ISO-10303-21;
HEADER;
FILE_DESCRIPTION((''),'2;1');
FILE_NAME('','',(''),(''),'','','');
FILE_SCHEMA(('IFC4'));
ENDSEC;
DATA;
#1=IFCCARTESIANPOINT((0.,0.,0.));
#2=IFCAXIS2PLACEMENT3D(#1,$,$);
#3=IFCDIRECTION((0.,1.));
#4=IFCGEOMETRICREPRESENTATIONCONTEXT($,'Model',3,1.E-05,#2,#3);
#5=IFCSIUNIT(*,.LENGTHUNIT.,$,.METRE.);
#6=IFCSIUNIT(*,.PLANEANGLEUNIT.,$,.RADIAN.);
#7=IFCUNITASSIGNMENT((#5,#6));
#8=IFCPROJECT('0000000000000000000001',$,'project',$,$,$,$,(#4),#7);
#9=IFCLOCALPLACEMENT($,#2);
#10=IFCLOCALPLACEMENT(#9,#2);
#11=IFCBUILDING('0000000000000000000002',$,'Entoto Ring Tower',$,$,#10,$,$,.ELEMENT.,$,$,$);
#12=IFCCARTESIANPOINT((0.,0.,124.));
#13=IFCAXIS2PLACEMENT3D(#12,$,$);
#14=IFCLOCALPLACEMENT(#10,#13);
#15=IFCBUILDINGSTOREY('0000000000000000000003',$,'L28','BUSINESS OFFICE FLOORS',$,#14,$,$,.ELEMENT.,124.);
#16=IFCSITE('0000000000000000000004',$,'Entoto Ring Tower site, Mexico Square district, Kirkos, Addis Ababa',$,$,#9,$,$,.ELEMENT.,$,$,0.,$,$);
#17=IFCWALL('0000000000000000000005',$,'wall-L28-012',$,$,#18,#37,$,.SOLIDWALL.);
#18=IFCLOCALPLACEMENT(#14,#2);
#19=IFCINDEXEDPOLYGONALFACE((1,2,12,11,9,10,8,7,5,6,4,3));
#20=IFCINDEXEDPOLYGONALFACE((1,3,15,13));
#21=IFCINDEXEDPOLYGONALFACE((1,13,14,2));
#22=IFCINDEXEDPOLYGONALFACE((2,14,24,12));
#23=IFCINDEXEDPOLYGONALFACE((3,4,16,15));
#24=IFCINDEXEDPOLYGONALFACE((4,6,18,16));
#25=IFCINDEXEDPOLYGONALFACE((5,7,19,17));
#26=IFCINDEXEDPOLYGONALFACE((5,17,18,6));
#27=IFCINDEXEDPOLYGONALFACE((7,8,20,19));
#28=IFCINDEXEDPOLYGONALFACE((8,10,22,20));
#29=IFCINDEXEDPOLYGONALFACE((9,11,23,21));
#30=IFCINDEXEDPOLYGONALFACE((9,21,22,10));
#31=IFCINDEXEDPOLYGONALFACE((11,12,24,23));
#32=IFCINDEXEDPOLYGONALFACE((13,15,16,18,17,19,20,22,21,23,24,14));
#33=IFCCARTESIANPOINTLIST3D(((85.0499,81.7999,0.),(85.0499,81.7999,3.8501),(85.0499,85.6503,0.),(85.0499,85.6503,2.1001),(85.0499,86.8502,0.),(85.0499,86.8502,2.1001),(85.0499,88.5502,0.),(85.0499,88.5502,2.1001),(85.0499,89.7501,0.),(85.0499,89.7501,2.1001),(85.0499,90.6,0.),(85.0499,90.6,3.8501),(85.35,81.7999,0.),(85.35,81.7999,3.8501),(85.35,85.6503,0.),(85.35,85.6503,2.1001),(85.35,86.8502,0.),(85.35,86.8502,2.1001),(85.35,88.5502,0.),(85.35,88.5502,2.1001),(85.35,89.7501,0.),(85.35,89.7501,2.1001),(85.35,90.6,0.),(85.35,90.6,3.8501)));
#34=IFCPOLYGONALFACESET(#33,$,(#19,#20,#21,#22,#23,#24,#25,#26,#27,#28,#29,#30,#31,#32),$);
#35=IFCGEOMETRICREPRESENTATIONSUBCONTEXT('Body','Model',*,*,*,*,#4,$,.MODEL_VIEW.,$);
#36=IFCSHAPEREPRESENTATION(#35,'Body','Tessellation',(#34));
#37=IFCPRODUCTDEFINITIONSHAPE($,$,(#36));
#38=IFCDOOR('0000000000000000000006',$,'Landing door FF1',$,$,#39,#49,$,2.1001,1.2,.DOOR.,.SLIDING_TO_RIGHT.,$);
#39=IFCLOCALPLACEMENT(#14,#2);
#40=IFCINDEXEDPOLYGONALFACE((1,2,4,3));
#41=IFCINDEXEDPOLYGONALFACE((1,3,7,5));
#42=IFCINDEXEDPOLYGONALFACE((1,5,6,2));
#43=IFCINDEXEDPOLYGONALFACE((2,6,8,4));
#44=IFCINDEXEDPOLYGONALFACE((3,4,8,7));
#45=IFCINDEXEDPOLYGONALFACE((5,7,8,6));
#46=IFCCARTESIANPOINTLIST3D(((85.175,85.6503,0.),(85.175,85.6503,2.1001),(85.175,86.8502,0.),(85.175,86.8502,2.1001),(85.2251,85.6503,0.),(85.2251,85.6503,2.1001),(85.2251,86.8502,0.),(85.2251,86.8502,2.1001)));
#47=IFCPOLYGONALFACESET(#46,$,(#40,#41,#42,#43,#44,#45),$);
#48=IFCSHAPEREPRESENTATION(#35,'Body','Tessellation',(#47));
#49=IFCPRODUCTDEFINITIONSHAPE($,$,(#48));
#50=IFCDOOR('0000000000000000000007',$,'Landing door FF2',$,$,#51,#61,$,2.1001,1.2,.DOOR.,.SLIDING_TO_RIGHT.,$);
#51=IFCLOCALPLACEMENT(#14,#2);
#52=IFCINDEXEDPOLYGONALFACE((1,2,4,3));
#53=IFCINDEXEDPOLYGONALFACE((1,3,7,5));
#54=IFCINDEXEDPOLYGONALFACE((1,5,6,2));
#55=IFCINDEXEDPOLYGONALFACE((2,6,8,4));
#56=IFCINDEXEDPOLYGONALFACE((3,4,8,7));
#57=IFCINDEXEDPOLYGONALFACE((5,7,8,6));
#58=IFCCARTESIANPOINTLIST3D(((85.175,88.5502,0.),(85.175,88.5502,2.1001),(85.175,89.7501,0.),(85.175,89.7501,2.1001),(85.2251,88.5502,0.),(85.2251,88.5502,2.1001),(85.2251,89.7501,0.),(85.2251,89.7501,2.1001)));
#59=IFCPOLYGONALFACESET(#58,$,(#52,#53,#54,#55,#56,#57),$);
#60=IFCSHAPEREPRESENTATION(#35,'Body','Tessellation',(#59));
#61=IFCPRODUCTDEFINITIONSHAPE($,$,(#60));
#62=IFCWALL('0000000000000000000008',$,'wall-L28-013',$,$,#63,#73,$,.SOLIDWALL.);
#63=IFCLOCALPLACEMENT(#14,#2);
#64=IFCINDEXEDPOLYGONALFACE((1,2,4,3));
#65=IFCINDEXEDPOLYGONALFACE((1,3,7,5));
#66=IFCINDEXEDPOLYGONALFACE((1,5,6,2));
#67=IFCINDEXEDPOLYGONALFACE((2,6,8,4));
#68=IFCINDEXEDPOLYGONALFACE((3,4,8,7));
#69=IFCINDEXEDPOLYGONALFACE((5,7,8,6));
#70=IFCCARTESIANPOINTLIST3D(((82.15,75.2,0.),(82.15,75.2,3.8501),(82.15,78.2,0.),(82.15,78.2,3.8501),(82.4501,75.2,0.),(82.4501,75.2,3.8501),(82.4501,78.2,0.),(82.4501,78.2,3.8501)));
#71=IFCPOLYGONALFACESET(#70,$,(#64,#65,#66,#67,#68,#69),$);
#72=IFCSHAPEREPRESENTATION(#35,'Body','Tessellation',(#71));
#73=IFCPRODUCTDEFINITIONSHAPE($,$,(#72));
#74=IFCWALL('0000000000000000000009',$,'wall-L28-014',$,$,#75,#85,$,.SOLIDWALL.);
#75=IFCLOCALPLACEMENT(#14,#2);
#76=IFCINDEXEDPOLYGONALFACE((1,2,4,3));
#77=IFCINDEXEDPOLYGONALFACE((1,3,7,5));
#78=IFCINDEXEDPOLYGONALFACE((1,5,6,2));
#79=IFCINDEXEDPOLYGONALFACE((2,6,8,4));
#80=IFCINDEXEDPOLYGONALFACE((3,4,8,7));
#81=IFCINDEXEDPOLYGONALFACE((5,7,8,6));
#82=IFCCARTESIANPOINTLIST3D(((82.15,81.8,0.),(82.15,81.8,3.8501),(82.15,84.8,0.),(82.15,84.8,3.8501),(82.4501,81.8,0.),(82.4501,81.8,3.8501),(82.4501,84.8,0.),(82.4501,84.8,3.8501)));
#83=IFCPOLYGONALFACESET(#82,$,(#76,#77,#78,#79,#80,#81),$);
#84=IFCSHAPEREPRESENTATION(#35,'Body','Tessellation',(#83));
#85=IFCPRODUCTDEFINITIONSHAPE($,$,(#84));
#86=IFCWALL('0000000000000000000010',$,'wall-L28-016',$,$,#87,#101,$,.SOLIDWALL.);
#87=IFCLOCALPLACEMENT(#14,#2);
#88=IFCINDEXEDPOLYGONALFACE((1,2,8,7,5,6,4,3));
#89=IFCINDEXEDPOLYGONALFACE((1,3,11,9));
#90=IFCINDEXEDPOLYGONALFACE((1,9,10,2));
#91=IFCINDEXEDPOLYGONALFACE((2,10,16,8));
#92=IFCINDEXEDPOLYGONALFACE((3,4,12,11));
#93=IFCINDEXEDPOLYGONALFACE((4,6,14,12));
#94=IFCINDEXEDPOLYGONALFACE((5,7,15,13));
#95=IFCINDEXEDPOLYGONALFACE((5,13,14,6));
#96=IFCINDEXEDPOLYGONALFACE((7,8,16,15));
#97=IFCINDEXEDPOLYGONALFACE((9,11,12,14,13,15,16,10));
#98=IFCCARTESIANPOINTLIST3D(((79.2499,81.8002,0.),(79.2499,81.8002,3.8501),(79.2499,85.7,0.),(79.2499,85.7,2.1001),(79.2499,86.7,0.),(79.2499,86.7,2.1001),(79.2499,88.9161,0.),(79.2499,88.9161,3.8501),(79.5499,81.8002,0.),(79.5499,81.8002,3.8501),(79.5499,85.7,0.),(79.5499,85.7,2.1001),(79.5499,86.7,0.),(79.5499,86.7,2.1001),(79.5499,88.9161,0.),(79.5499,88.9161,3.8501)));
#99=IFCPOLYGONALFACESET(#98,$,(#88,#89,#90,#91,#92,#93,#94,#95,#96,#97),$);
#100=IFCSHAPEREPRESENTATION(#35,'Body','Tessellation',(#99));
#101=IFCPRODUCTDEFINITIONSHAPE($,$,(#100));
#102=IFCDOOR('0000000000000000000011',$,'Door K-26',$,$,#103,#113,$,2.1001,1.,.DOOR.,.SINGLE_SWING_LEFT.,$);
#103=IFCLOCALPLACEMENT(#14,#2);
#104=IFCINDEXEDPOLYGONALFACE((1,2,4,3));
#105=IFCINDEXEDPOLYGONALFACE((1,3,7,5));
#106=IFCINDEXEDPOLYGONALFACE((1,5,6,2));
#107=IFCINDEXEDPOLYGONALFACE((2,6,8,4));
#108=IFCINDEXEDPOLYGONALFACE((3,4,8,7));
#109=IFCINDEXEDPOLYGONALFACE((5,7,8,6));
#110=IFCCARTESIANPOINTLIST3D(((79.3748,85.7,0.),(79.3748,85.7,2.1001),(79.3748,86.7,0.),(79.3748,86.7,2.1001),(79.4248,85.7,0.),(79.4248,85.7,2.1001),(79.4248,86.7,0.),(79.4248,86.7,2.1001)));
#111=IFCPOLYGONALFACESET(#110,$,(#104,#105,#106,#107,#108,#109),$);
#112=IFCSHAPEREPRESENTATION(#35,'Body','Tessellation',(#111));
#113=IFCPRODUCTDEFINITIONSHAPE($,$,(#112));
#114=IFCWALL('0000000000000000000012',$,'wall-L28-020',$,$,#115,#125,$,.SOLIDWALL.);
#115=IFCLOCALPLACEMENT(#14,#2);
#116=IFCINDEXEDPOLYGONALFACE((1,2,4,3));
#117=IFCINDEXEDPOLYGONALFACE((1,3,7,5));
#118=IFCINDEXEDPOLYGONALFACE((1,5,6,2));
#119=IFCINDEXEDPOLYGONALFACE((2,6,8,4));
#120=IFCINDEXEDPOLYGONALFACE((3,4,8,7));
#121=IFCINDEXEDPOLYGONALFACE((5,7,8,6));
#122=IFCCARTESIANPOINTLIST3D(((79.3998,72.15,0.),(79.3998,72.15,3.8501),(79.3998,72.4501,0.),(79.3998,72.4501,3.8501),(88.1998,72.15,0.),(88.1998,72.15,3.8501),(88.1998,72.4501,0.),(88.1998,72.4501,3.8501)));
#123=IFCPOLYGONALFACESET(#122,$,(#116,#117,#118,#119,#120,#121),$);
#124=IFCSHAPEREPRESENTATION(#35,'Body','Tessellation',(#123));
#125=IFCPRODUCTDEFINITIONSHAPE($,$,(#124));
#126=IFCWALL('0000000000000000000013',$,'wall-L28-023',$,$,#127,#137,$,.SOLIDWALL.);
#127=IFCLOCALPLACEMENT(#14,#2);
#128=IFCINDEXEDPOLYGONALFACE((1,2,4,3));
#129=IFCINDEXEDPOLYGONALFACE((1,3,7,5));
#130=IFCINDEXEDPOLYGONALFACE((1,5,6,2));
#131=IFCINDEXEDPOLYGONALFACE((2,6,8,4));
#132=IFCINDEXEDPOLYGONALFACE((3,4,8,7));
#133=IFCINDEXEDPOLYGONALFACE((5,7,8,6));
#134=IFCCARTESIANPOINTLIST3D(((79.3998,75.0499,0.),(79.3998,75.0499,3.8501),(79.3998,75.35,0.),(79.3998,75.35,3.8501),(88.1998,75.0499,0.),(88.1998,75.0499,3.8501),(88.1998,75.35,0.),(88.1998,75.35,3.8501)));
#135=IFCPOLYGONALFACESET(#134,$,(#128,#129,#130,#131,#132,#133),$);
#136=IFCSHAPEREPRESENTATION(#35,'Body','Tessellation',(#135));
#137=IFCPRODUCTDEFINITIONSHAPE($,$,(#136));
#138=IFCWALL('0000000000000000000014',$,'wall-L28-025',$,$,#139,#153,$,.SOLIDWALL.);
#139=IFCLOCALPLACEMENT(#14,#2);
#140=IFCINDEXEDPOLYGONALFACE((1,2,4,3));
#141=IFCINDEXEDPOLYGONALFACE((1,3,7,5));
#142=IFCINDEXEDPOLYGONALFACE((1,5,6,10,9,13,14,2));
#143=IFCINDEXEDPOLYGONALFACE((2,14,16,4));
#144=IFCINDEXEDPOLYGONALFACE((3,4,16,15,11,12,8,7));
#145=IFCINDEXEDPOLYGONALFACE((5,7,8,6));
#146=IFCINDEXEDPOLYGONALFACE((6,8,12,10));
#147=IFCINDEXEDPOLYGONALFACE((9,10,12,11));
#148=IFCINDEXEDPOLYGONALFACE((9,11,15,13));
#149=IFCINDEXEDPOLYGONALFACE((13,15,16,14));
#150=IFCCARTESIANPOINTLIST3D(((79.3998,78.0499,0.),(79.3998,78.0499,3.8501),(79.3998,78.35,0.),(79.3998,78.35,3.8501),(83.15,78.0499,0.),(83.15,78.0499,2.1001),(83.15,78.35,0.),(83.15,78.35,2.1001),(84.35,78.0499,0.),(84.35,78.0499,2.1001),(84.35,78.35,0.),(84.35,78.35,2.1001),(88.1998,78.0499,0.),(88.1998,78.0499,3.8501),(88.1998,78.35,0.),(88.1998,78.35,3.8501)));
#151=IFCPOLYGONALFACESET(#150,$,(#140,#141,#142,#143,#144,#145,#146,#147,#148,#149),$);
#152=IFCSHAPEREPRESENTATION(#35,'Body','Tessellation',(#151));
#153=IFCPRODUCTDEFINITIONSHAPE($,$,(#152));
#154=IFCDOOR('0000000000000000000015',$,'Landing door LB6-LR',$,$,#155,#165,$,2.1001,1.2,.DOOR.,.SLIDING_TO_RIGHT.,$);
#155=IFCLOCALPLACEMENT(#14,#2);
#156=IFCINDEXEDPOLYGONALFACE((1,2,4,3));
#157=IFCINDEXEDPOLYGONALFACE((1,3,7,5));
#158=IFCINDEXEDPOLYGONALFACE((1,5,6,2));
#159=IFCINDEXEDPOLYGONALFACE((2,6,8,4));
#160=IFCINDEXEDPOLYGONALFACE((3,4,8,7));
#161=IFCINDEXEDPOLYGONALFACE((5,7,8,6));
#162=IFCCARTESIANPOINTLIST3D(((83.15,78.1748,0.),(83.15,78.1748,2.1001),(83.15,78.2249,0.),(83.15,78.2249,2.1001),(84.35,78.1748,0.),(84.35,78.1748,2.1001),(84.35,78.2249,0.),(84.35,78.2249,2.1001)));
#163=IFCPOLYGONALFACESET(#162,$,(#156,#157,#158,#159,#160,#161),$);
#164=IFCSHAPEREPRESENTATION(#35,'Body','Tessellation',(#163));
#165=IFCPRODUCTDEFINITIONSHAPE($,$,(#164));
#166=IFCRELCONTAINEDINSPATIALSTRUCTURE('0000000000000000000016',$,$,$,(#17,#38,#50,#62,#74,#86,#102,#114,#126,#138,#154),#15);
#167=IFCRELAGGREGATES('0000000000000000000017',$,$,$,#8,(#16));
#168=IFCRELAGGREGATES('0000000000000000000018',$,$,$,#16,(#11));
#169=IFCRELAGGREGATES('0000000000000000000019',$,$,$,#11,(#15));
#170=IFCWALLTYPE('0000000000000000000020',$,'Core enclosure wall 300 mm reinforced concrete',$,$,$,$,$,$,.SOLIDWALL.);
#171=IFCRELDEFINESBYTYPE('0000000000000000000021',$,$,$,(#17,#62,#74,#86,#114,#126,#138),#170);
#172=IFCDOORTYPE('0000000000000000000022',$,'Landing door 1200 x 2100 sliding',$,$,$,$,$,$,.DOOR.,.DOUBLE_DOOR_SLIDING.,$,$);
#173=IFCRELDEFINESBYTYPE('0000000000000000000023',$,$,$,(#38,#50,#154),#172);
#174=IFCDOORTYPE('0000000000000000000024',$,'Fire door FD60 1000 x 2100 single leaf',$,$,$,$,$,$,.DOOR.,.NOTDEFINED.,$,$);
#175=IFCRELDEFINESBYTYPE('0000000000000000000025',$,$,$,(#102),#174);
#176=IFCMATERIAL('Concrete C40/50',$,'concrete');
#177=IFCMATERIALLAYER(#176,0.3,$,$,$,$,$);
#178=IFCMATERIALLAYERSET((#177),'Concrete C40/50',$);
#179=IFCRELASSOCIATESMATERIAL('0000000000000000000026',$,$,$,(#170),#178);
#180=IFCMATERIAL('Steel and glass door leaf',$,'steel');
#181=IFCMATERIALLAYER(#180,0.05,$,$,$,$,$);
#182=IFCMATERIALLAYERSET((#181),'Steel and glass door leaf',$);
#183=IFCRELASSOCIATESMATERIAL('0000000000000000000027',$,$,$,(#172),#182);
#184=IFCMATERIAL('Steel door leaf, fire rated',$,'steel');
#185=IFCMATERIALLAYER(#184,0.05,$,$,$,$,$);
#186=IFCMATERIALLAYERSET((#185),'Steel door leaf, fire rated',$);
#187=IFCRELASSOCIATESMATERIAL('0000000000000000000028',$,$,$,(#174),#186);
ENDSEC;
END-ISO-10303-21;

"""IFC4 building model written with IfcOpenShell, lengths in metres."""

from ifc_helpers import new_model, si_unit, direction, frame, frame_2d, origin, place, context, subcontext, project, spatial, rectangle, extrude, material, layer, layer_set, type_object, element, fill, save


model = new_model("IFC4")

# Units and contexts
model_context = context("Model", 3, precision=1e-05, world=origin(), true_north=direction((0.0, 1.0)))
body_context = subcontext(model_context, "Body", "Model", "MODEL_VIEW")
ifc_project = project(units=[si_unit("LENGTHUNIT", "METRE"), si_unit("PLANEANGLEUNIT", "RADIAN")], contexts=[model_context])

# Site, building, storey
site_placement = place(None, origin())
site = spatial("IfcSite", under=ifc_project, at=site_placement, Name="Entoto Ring Tower site, Mexico Square district, Kirkos, Addis Ababa", CompositionType="ELEMENT", RefElevation=0.0)
building_placement = place(site_placement, origin())
building = spatial("IfcBuilding", under=site, at=building_placement, Name="Entoto Ring Tower", CompositionType="ELEMENT")
storey_placement = place(building_placement, frame((0.0, 0.0, 124.0)))
storey = spatial("IfcBuildingStorey", under=building, at=storey_placement, Name="L28", Description="BUSINESS OFFICE FLOORS", CompositionType="ELEMENT", Elevation=124.0)

# Wall, openings, doors
ifc_material_1 = material(Name="Concrete C40/50", Category="concrete")
ifc_layer_1 = layer(ifc_material_1, 0.3)
ifc_layer_set_1 = layer_set([ifc_layer_1], Name="Concrete C40/50")
wall_type = type_object("IfcWallType", Name="Core enclosure wall 300 mm reinforced concrete", PredefinedType="SOLIDWALL", material=ifc_layer_set_1)
wall_1_placement = place(storey_placement, frame((85.2, 81.8, 0.0), z_axis=(0.0, 0.0, 1.0), x_axis=(0.0, 1.0, 0.0)))
wall_1 = element("IfcWall", 1, at=wall_1_placement, inside=storey, type_object=wall_type, Name="wall-L28-012", PredefinedType="SOLIDWALL", context=body_context, shape_type="SweptSolid", body=[
    extrude(rectangle(XDim=8.8, YDim=0.3, at=frame_2d((4.3999, 0.0))), origin(), (0.0, 0.0, 1.0), 3.8501),
])
opening_1_placement = place(wall_1_placement, frame((3.8501, 0.0, 0.0)))
opening_1 = element("IfcOpeningElement", 2, at=opening_1_placement, cuts=wall_1, PredefinedType="OPENING", context=body_context, shape_type="SweptSolid", body=[
    extrude(rectangle(XDim=1.2, YDim=2.1001, at=frame_2d((0.6001, 1.05))), frame((0.0, 0.1602, 0.0), z_axis=(0.0, -1.0, 0.0), x_axis=(1.0, 0.0, 0.0)), (0.0, 0.0, 1.0), 0.3201),
])
opening_2_placement = place(wall_1_placement, frame((6.75, 0.0, 0.0)))
opening_2 = element("IfcOpeningElement", 3, at=opening_2_placement, cuts=wall_1, PredefinedType="OPENING", context=body_context, shape_type="SweptSolid", body=[
    extrude(rectangle(XDim=1.2, YDim=2.1001, at=frame_2d((0.6001, 1.05))), frame((0.0, 0.1602, 0.0), z_axis=(0.0, -1.0, 0.0), x_axis=(1.0, 0.0, 0.0)), (0.0, 0.0, 1.0), 0.3201),
])
ifc_material_2 = material(Name="Steel and glass door leaf", Category="steel")
ifc_layer_2 = layer(ifc_material_2, 0.05)
ifc_layer_set_2 = layer_set([ifc_layer_2], Name="Steel and glass door leaf")
door_type_1 = type_object("IfcDoorType", Name="Landing door 1200 x 2100 sliding", OperationType="DOUBLE_DOOR_SLIDING", PredefinedType="DOOR", material=ifc_layer_set_2)
door_1_placement = place(opening_1_placement, origin())
door_1 = element("IfcDoor", 4, at=door_1_placement, inside=storey, type_object=door_type_1, Name="Landing door FF1", OperationType="SLIDING_TO_RIGHT", OverallHeight=2.1001, OverallWidth=1.2, PredefinedType="DOOR", context=body_context, shape_type="SweptSolid", body=[
    extrude(rectangle(XDim=1.2, YDim=2.1001, at=frame_2d((0.6001, 1.05))), frame((0.0, 0.0249, 0.0), z_axis=(0.0, -1.0, 0.0), x_axis=(1.0, 0.0, 0.0)), (0.0, 0.0, 1.0), 0.05),
])
fill(opening_1, door_1)
door_2_placement = place(opening_2_placement, origin())
door_2 = element("IfcDoor", 5, at=door_2_placement, inside=storey, type_object=door_type_1, Name="Landing door FF2", OperationType="SLIDING_TO_RIGHT", OverallHeight=2.1001, OverallWidth=1.2, PredefinedType="DOOR", context=body_context, shape_type="SweptSolid", body=[
    extrude(rectangle(XDim=1.2, YDim=2.1001, at=frame_2d((0.6001, 1.05))), frame((0.0, 0.0249, 0.0), z_axis=(0.0, -1.0, 0.0), x_axis=(1.0, 0.0, 0.0)), (0.0, 0.0, 1.0), 0.05),
])
fill(opening_2, door_2)

# Walls
for number, where, z_axis, x_axis, name in (
    (6, (82.3, 75.2, 0.0), (0.0, 0.0, 1.0), (0.0, 1.0, 0.0), "wall-L28-013"),
    (7, (82.3, 81.8, 0.0), (0.0, 0.0, 1.0), (0.0, 1.0, 0.0), "wall-L28-014"),
):
    element("IfcWall", number, at=place(storey_placement, frame(where, z_axis=z_axis, x_axis=x_axis)), inside=storey, type_object=wall_type, Name=name, PredefinedType="SOLIDWALL", context=body_context, shape_type="SweptSolid", body=[
        extrude(rectangle(XDim=3.0, YDim=0.3, at=frame_2d((1.5, 0.0))), origin(), (0.0, 0.0, 1.0), 3.8501),
    ])

# Wall, opening, door
wall_2_placement = place(storey_placement, frame((79.3999, 81.8, 0.0), z_axis=(0.0, 0.0, 1.0), x_axis=(0.0, 1.0, 0.0)))
wall_2 = element("IfcWall", 8, at=wall_2_placement, inside=storey, type_object=wall_type, Name="wall-L28-016", PredefinedType="SOLIDWALL", context=body_context, shape_type="SweptSolid", body=[
    extrude(rectangle(XDim=7.116, YDim=0.3, at=frame_2d((3.5581, 0.0))), origin(), (0.0, 0.0, 1.0), 3.8501),
])
opening_3_placement = place(wall_2_placement, frame((3.8999, 0.0, 0.0)))
opening_3 = element("IfcOpeningElement", 9, at=opening_3_placement, cuts=wall_2, PredefinedType="OPENING", context=body_context, shape_type="SweptSolid", body=[
    extrude(rectangle(XDim=1.0, YDim=2.1001, at=frame_2d((0.5, 1.05))), frame((0.0, 0.1602, 0.0), z_axis=(0.0, -1.0, 0.0), x_axis=(1.0, 0.0, 0.0)), (0.0, 0.0, 1.0), 0.3201),
])
ifc_material_3 = material(Name="Steel door leaf, fire rated", Category="steel")
ifc_layer_3 = layer(ifc_material_3, 0.05)
ifc_layer_set_3 = layer_set([ifc_layer_3], Name="Steel door leaf, fire rated")
door_type_2 = type_object("IfcDoorType", Name="Fire door FD60 1000 x 2100 single leaf", OperationType="NOTDEFINED", PredefinedType="DOOR", material=ifc_layer_set_3)
door_3_placement = place(opening_3_placement, frame((1.0, 0.0, 0.0), z_axis=(0.0, 0.0, 1.0), x_axis=(-1.0, 0.0, 0.0)))
door_3 = element("IfcDoor", 10, at=door_3_placement, inside=storey, type_object=door_type_2, Name="Door K-26", OperationType="SINGLE_SWING_LEFT", OverallHeight=2.1001, OverallWidth=1.0, PredefinedType="DOOR", context=body_context, shape_type="SweptSolid", body=[
    extrude(rectangle(XDim=1.0, YDim=2.1001, at=frame_2d((0.5, 1.05))), frame((0.0, 0.0249, 0.0), z_axis=(0.0, -1.0, 0.0), x_axis=(1.0, 0.0, 0.0)), (0.0, 0.0, 1.0), 0.05),
])
fill(opening_3, door_3)

# Walls
for number, where, z_axis, x_axis, name in (
    (11, (79.3999, 72.3, 0.0), (0.0, 0.0, 1.0), (1.0, 0.0, 0.0), "wall-L28-020"),
    (12, (79.3999, 75.2, 0.0), (0.0, 0.0, 1.0), (1.0, 0.0, 0.0), "wall-L28-023"),
):
    element("IfcWall", number, at=place(storey_placement, frame(where, z_axis=z_axis, x_axis=x_axis)), inside=storey, type_object=wall_type, Name=name, PredefinedType="SOLIDWALL", context=body_context, shape_type="SweptSolid", body=[
        extrude(rectangle(XDim=8.8, YDim=0.3, at=frame_2d((4.3999, 0.0))), origin(), (0.0, 0.0, 1.0), 3.8501),
    ])

# Wall, opening, door
wall_3_placement = place(storey_placement, frame((79.3999, 78.2, 0.0), z_axis=(0.0, 0.0, 1.0), x_axis=(1.0, 0.0, 0.0)))
wall_3 = element("IfcWall", 13, at=wall_3_placement, inside=storey, type_object=wall_type, Name="wall-L28-025", PredefinedType="SOLIDWALL", context=body_context, shape_type="SweptSolid", body=[
    extrude(rectangle(XDim=8.8, YDim=0.3, at=frame_2d((4.3999, 0.0))), origin(), (0.0, 0.0, 1.0), 3.8501),
])
opening_4_placement = place(wall_3_placement, frame((3.75, 0.0, 0.0)))
opening_4 = element("IfcOpeningElement", 14, at=opening_4_placement, cuts=wall_3, PredefinedType="OPENING", context=body_context, shape_type="SweptSolid", body=[
    extrude(rectangle(XDim=1.2, YDim=2.1001, at=frame_2d((0.6001, 1.05))), frame((0.0, 0.1602, 0.0), z_axis=(0.0, -1.0, 0.0), x_axis=(1.0, 0.0, 0.0)), (0.0, 0.0, 1.0), 0.3201),
])
door_4_placement = place(opening_4_placement, origin())
door_4 = element("IfcDoor", 15, at=door_4_placement, inside=storey, type_object=door_type_1, Name="Landing door LB6-LR", OperationType="SLIDING_TO_RIGHT", OverallHeight=2.1001, OverallWidth=1.2, PredefinedType="DOOR", context=body_context, shape_type="SweptSolid", body=[
    extrude(rectangle(XDim=1.2, YDim=2.1001, at=frame_2d((0.6001, 1.05))), frame((0.0, 0.0249, 0.0), z_axis=(0.0, -1.0, 0.0), x_axis=(1.0, 0.0, 0.0)), (0.0, 0.0, 1.0), 0.05),
])
fill(opening_4, door_4)

save(model, "model.ifc")
